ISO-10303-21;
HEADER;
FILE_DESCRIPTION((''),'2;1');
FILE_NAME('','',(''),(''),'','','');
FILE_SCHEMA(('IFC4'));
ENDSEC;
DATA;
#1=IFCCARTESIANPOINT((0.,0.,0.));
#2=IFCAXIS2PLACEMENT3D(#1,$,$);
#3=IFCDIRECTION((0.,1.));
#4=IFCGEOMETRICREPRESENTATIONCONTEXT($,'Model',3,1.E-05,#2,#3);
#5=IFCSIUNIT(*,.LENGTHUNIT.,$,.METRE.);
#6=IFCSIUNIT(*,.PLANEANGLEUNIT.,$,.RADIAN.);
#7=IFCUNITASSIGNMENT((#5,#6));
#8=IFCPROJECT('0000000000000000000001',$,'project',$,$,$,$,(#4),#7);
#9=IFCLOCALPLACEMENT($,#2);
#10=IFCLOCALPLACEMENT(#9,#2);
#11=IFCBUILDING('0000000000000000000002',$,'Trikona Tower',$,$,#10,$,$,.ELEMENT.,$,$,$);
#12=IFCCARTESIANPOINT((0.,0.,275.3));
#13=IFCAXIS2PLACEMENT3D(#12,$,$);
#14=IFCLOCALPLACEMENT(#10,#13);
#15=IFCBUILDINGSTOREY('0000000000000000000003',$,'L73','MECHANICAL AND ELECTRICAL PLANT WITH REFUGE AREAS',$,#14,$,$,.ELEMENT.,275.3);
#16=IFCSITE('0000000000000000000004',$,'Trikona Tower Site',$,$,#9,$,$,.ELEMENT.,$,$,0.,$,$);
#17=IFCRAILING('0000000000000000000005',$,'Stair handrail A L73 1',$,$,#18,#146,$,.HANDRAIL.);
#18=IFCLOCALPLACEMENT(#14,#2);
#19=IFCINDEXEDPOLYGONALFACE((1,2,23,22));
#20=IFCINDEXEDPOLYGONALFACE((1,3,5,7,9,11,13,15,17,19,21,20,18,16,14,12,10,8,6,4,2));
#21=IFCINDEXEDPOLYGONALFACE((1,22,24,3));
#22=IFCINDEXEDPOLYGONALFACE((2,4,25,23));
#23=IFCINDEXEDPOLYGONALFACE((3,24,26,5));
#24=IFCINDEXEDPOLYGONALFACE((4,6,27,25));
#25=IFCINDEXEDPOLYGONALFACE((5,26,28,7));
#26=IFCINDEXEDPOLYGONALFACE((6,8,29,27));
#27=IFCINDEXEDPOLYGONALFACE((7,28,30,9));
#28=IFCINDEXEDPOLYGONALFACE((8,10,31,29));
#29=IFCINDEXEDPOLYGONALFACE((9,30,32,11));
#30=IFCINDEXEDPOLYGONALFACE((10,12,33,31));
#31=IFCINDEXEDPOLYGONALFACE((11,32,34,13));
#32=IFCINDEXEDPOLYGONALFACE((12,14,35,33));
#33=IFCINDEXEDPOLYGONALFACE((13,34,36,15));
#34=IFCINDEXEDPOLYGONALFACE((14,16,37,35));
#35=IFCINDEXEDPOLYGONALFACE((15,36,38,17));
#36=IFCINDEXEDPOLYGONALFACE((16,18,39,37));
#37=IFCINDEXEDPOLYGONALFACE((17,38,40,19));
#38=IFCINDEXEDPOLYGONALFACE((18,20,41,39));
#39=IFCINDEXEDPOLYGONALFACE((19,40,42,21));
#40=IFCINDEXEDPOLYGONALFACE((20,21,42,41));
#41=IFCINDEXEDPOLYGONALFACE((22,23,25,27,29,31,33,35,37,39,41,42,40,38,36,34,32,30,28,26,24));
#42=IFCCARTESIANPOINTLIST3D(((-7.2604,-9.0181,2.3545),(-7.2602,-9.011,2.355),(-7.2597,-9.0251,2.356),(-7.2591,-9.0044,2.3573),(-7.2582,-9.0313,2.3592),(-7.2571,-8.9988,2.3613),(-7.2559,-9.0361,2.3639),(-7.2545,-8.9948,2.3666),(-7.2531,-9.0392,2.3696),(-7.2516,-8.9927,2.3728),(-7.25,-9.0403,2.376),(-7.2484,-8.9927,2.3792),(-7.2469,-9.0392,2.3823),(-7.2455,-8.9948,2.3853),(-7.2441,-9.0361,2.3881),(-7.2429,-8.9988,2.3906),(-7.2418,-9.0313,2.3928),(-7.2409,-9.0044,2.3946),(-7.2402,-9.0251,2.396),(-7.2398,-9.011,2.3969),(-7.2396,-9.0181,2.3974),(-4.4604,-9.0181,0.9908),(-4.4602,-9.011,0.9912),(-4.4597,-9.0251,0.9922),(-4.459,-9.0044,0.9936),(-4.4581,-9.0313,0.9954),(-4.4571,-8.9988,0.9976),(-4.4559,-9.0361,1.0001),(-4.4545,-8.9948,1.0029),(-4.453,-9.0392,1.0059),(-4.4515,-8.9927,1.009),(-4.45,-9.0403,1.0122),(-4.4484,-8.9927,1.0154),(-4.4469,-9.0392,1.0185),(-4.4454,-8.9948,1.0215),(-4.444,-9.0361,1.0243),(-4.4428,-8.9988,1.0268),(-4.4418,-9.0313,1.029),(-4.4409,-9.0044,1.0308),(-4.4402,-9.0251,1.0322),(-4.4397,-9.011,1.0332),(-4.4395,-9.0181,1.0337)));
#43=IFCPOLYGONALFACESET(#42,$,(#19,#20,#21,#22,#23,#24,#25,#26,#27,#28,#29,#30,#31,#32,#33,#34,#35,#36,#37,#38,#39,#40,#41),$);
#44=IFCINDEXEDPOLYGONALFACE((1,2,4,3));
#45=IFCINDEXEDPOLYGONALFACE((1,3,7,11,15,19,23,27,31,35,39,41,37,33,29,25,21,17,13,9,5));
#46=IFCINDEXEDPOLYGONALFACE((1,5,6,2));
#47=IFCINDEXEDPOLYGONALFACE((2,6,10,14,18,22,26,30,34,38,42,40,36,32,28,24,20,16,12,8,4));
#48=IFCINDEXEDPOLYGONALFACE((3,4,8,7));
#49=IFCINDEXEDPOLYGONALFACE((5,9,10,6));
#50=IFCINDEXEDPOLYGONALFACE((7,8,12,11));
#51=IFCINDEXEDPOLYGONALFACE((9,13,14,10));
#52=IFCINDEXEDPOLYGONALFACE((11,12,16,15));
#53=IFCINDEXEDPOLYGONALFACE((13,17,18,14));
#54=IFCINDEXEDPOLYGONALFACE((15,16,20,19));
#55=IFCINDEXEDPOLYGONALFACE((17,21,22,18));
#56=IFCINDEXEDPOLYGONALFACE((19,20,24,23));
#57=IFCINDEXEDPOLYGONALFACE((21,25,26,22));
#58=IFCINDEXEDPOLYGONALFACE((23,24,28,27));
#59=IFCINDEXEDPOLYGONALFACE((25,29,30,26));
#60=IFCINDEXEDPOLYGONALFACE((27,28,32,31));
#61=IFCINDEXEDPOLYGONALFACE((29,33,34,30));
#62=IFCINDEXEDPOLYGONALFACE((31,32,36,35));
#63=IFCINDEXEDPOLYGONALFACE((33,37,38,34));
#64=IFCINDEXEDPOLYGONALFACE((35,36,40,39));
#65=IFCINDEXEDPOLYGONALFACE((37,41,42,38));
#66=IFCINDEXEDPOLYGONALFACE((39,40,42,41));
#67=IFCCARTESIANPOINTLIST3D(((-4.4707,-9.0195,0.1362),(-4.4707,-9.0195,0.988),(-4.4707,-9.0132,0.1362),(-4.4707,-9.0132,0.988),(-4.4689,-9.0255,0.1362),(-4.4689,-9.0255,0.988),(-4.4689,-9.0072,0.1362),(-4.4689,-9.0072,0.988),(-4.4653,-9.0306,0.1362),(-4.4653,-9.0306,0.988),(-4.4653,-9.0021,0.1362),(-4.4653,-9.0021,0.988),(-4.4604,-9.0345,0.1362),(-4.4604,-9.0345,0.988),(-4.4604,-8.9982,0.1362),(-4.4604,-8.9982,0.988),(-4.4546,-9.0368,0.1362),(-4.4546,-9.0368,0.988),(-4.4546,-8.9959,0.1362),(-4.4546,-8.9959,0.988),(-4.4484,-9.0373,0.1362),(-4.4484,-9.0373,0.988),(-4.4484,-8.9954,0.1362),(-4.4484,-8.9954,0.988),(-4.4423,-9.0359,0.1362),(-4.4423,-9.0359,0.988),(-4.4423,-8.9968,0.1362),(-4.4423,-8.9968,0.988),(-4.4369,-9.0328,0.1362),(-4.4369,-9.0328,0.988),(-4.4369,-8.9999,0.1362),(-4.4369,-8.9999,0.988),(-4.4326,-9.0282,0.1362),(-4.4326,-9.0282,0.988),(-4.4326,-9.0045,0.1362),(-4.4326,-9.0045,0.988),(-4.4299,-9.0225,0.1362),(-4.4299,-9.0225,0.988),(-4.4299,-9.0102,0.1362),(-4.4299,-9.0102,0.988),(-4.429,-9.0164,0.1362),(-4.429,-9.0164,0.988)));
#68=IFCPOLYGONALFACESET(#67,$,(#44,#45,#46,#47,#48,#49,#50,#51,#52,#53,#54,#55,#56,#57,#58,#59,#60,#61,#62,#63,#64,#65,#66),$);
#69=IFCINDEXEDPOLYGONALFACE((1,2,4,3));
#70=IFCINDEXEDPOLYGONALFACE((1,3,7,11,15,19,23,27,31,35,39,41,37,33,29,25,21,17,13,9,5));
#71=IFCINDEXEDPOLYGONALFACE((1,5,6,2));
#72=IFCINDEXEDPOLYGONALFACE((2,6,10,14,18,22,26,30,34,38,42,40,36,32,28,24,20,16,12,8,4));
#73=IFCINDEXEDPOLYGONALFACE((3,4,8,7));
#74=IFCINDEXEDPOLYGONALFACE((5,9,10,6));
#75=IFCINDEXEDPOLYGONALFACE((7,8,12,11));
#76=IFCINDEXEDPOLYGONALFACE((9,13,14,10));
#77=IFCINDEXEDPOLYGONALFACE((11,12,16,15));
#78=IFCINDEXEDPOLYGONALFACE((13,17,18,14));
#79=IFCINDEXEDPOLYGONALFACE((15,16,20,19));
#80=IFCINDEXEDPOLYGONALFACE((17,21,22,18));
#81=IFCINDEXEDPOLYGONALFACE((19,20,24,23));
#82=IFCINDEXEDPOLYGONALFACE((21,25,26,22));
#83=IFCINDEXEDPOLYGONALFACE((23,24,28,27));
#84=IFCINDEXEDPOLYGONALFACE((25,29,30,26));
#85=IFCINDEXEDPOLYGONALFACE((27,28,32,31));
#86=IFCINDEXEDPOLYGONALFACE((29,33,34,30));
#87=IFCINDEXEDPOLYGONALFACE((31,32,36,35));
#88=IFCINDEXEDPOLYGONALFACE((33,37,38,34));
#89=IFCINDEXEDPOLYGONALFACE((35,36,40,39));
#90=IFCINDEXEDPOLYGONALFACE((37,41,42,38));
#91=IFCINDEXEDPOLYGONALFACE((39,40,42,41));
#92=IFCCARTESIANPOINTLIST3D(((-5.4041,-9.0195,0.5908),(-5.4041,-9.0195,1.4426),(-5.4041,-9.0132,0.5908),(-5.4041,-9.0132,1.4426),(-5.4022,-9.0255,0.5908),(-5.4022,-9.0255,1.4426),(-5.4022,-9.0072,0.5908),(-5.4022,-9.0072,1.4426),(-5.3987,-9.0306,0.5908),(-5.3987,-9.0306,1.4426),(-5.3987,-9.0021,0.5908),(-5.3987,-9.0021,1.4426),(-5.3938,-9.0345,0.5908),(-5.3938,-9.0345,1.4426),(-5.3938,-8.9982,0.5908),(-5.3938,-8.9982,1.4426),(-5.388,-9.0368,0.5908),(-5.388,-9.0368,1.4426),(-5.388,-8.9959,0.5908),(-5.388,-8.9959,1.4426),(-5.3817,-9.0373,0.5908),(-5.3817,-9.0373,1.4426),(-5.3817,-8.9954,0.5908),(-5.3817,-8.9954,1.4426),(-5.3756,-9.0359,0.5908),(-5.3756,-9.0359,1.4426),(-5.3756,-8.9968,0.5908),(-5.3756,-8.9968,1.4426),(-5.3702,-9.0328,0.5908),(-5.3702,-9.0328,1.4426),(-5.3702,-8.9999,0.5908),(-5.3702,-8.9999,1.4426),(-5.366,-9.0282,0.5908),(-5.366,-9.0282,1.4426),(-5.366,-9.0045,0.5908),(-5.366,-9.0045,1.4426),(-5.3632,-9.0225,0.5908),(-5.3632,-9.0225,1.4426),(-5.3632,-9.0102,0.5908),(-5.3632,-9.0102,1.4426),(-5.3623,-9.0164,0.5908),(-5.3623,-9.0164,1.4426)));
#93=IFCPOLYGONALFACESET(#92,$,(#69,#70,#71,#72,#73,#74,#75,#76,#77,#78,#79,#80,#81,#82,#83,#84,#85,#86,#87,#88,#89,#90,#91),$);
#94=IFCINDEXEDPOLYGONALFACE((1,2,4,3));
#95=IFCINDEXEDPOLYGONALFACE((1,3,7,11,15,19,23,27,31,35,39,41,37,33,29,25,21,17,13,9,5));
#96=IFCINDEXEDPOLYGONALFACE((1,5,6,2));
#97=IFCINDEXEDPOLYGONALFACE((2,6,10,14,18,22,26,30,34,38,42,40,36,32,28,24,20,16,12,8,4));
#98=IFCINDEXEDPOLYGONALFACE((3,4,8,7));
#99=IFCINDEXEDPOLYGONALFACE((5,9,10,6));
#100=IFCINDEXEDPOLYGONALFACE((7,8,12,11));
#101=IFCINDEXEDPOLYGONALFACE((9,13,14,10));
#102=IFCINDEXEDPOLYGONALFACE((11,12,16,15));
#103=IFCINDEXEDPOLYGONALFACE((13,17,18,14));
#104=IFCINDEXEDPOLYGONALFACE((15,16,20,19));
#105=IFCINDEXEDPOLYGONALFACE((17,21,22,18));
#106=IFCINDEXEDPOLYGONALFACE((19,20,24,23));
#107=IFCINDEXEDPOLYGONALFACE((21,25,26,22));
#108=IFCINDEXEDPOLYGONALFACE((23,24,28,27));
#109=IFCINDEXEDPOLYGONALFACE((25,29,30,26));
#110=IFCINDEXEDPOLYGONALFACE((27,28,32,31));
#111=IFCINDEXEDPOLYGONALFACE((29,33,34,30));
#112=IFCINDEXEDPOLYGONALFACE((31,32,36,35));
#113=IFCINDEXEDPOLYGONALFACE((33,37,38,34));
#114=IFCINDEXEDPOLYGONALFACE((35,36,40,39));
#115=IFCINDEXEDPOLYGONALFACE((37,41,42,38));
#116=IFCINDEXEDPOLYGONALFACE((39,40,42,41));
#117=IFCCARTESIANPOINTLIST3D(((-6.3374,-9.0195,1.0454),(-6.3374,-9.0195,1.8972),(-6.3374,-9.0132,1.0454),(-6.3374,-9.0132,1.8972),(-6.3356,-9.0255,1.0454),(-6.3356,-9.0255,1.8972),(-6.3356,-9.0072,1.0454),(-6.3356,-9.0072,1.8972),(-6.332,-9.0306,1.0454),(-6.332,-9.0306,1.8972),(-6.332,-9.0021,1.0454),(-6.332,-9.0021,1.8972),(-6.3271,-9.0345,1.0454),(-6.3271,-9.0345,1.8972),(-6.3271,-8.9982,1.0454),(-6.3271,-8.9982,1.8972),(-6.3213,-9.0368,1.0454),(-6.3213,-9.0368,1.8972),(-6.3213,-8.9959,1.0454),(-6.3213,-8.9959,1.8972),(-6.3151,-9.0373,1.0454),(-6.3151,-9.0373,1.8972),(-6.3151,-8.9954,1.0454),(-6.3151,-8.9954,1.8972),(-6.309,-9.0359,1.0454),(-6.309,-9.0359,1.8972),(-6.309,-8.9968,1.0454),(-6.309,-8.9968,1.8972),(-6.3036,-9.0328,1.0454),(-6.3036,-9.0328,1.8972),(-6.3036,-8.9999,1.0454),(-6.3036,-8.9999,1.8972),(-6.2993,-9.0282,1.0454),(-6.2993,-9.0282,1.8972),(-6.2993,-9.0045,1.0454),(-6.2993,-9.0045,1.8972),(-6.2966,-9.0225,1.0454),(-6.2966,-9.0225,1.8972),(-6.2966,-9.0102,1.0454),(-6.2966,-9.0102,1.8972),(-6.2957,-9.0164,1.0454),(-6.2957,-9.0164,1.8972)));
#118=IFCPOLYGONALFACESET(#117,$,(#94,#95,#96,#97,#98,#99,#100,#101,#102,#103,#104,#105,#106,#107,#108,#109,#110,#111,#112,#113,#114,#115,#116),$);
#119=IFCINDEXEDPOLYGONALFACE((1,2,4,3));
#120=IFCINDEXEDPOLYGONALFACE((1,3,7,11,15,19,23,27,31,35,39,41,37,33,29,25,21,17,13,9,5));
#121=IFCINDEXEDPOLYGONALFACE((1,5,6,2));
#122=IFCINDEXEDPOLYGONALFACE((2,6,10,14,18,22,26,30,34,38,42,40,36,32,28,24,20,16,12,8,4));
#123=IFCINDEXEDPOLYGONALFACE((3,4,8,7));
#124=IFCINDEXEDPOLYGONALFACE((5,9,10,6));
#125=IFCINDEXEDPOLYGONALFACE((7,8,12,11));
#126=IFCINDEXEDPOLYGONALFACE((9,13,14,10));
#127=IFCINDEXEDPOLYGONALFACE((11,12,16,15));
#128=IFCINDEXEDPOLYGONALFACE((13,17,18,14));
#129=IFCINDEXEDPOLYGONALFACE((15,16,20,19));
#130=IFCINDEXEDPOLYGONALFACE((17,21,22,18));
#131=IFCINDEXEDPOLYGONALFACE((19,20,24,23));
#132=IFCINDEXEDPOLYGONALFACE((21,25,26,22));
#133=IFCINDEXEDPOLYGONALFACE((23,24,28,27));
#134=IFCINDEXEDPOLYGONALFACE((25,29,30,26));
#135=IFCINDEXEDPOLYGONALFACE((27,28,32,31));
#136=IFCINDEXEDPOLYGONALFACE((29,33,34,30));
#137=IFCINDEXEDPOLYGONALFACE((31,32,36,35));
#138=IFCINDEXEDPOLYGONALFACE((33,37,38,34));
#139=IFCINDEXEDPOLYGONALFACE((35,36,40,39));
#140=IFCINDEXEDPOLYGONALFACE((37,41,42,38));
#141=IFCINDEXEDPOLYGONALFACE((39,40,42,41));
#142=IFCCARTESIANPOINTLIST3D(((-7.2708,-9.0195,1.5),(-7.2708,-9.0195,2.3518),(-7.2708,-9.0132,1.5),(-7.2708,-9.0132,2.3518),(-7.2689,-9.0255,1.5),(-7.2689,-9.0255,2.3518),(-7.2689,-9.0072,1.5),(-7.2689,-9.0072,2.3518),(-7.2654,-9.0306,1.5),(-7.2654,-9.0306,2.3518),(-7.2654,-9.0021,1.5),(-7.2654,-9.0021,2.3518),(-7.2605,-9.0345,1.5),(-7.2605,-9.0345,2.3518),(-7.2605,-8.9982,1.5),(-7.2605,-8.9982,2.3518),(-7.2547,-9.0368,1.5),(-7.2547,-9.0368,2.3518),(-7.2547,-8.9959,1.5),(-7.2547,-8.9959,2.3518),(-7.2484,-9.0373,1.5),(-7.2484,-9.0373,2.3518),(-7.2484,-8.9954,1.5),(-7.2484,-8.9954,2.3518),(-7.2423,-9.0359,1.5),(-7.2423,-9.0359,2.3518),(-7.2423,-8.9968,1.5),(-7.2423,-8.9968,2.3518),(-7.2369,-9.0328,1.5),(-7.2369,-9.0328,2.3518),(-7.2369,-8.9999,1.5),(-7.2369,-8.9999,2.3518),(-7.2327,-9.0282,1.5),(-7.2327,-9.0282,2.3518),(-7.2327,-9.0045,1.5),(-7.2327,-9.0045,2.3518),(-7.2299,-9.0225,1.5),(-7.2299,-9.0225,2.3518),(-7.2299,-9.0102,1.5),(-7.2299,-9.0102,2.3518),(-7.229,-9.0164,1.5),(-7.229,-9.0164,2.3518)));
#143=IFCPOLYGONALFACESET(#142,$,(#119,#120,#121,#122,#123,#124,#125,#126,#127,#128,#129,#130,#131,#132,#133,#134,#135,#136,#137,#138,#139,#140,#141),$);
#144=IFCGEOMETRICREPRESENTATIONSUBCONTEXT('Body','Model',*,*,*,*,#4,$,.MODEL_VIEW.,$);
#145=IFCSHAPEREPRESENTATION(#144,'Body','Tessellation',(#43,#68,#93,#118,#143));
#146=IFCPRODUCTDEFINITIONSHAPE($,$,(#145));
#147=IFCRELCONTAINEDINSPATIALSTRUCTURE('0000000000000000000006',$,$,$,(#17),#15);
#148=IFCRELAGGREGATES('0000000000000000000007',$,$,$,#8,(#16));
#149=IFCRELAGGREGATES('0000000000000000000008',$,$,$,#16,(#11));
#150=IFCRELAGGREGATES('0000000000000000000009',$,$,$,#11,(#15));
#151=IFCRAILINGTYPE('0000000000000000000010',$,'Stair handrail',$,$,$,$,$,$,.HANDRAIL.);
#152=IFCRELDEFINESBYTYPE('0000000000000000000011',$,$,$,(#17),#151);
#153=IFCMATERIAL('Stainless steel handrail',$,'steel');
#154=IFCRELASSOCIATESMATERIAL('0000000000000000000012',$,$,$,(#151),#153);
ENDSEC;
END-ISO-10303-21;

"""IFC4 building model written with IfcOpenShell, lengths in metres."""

from ifc_helpers import new_model, si_unit, direction, frame, origin, origin_2d, place, context, subcontext, project, spatial, circle, extrude, material, type_object, element, save


model = new_model("IFC4")

# Units and contexts
model_context = context("Model", 3, precision=1e-05, world=origin(), true_north=direction((0.0, 1.0)))
body_context = subcontext(model_context, "Body", "Model", "MODEL_VIEW")
ifc_project = project(units=[si_unit("LENGTHUNIT", "METRE"), si_unit("PLANEANGLEUNIT", "RADIAN")], contexts=[model_context])

# Site, building, storey
site_placement = place(None, origin())
site = spatial("IfcSite", under=ifc_project, at=site_placement, Name="Trikona Tower Site", CompositionType="ELEMENT", RefElevation=0.0)
building_placement = place(site_placement, origin())
building = spatial("IfcBuilding", under=site, at=building_placement, Name="Trikona Tower", CompositionType="ELEMENT")
storey_placement = place(building_placement, frame((0.0, 0.0, 275.3)))
storey = spatial("IfcBuildingStorey", under=building, at=storey_placement, Name="L73", Description="MECHANICAL AND ELECTRICAL PLANT WITH REFUGE AREAS", CompositionType="ELEMENT", Elevation=275.3)

# Railing
ifc_material_1 = material(Name="Stainless steel handrail", Category="steel")
railing_type = type_object("IfcRailingType", Name="Stair handrail", PredefinedType="HANDRAIL", material=ifc_material_1)
for number, where, name in (
    (1, (-4.45, -9.0164, 0.1362), "Stair handrail A L73 1"),
):
    element("IfcRailing", number, at=place(storey_placement, frame(where)), inside=storey, type_object=railing_type, Name=name, PredefinedType="HANDRAIL", context=body_context, shape_type="SweptSolid", body=[
        extrude(circle(Radius=0.0239, at=origin_2d()), frame((0.0, 0.0, 0.876), z_axis=(-0.899035, 0.0, 0.437877), x_axis=(0.0, -1.0, 0.0)), (0.0, 0.0, 1.0), 3.1145),
        extrude(circle(Radius=0.021, at=origin_2d()), origin(), (0.0, 0.0, 1.0), 0.8518),
        extrude(circle(Radius=0.021, at=origin_2d()), frame((-0.9333, 0.0, 0.4546)), (0.0, 0.0, 1.0), 0.8518),
        extrude(circle(Radius=0.021, at=origin_2d()), frame((-1.8667, 0.0, 0.9092)), (0.0, 0.0, 1.0), 0.8518),
        extrude(circle(Radius=0.021, at=origin_2d()), frame((-2.8, 0.0, 1.3638)), (0.0, 0.0, 1.0), 0.8518),
    ])

save(model, "model.ifc")
